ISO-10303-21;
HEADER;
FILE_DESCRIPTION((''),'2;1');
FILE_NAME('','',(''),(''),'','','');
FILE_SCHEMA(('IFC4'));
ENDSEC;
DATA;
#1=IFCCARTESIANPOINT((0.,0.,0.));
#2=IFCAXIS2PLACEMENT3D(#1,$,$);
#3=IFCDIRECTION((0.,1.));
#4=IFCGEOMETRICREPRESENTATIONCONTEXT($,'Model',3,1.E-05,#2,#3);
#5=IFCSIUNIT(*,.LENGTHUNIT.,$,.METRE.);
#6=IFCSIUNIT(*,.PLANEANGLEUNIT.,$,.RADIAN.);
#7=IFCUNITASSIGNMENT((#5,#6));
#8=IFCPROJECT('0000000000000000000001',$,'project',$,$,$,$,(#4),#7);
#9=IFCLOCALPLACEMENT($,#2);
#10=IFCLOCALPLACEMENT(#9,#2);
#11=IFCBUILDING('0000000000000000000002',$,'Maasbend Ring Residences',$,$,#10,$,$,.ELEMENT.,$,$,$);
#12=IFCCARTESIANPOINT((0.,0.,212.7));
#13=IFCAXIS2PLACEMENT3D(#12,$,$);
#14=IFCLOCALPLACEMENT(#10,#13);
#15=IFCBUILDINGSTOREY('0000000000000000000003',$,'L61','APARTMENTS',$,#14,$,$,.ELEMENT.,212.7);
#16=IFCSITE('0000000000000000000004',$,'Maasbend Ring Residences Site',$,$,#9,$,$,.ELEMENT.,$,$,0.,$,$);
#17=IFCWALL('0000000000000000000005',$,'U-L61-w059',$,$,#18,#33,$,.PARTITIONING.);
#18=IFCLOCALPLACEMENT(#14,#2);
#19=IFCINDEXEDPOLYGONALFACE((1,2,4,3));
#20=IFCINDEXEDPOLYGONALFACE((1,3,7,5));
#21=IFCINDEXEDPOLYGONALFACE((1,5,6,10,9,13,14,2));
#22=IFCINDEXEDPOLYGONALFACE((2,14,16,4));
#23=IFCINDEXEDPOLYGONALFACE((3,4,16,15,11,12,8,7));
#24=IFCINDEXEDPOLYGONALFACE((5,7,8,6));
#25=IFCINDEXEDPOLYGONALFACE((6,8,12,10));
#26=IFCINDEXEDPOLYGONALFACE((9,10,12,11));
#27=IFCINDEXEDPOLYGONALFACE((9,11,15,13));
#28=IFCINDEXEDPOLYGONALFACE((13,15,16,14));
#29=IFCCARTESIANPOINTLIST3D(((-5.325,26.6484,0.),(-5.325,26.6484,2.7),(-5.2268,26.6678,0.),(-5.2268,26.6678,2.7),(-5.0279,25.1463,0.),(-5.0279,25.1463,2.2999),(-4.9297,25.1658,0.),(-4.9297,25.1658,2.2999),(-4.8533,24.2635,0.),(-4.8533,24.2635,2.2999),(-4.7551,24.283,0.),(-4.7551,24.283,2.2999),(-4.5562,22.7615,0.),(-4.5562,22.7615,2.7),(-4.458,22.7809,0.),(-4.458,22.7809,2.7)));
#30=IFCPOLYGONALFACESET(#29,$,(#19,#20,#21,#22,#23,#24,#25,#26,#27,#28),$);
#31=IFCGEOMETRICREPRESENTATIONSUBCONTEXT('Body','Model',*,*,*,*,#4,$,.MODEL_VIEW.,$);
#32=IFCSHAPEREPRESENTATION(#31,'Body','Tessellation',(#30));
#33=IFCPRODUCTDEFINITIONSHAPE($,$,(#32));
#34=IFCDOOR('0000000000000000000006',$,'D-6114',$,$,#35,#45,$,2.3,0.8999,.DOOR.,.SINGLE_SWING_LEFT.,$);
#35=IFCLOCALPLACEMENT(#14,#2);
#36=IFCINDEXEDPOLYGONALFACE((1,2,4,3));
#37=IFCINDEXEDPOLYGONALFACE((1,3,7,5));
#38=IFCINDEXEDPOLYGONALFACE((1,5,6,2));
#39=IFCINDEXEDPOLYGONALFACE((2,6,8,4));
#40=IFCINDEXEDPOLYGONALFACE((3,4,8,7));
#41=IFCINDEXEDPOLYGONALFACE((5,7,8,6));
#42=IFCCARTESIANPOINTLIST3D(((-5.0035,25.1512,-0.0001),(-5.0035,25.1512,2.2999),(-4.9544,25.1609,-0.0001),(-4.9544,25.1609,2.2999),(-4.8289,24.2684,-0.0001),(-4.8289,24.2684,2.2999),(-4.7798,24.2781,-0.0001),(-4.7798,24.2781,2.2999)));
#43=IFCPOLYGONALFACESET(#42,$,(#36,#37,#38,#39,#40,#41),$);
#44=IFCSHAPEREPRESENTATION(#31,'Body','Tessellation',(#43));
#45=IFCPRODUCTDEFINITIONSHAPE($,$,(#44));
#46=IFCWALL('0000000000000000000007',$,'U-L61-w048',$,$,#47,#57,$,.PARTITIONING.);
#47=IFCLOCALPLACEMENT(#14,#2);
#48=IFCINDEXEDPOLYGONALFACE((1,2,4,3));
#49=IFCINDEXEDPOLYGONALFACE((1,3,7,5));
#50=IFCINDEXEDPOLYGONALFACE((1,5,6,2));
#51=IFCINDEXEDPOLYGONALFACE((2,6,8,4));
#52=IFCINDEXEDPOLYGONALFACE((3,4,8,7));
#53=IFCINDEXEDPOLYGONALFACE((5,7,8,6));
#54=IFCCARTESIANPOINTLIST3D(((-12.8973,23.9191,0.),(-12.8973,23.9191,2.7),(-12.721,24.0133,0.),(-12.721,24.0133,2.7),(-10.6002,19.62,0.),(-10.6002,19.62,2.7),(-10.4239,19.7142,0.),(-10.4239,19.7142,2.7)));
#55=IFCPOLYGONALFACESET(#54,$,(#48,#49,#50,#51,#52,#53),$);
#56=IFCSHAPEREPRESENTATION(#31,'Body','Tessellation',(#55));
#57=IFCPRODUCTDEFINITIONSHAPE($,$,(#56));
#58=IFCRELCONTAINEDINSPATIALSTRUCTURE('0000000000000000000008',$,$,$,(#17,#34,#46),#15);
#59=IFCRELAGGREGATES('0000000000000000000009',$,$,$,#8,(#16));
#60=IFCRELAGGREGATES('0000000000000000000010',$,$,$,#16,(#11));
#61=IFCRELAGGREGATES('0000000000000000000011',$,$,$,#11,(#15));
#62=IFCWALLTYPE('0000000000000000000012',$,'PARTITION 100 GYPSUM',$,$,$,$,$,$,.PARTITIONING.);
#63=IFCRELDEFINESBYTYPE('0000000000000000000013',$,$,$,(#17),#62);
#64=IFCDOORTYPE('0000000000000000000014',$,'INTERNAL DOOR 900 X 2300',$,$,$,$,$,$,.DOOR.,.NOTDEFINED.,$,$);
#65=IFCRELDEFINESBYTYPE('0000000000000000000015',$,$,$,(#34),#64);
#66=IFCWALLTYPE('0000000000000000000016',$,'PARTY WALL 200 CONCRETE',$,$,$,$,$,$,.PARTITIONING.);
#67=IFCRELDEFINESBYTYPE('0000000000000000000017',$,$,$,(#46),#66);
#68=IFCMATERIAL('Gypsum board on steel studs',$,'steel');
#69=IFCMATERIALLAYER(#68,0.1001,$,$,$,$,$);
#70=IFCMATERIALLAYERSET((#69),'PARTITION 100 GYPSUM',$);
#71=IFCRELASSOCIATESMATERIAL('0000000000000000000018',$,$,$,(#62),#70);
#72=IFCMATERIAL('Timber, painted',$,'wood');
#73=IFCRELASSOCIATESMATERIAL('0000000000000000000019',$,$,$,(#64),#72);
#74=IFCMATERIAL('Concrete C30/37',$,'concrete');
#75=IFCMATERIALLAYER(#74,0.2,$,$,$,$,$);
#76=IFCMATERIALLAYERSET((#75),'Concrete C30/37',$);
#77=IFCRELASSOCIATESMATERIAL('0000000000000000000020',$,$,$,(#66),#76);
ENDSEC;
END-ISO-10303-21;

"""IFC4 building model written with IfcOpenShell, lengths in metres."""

from ifc_helpers import new_model, si_unit, direction, frame, frame_2d, origin, place, context, subcontext, project, spatial, rectangle, extrude, material, layer, layer_set, type_object, element, fill, save


model = new_model("IFC4")

# Units and contexts
model_context = context("Model", 3, precision=1e-05, world=origin(), true_north=direction((0.0, 1.0)))
body_context = subcontext(model_context, "Body", "Model", "MODEL_VIEW")
ifc_project = project(units=[si_unit("LENGTHUNIT", "METRE"), si_unit("PLANEANGLEUNIT", "RADIAN")], contexts=[model_context])

# Site, building, storey
site_placement = place(None, origin())
site = spatial("IfcSite", under=ifc_project, at=site_placement, Name="Maasbend Ring Residences Site", CompositionType="ELEMENT", RefElevation=0.0)
building_placement = place(site_placement, origin())
building = spatial("IfcBuilding", under=site, at=building_placement, Name="Maasbend Ring Residences", CompositionType="ELEMENT")
storey_placement = place(building_placement, frame((0.0, 0.0, 212.7)))
storey = spatial("IfcBuildingStorey", under=building, at=storey_placement, Name="L61", Description="APARTMENTS", CompositionType="ELEMENT", Elevation=212.7)

# Shared definitions
ifc_material_1 = material(Name="Gypsum board on steel studs", Category="steel")
ifc_layer_1 = layer(ifc_material_1, 0.1001)
ifc_layer_set_1 = layer_set([ifc_layer_1], Name="PARTITION 100 GYPSUM")
wall_type_1 = type_object("IfcWallType", Name="PARTITION 100 GYPSUM", PredefinedType="PARTITIONING", material=ifc_layer_set_1)
ifc_material_2 = material(Name="Timber, painted", Category="wood")
door_type_1 = type_object("IfcDoorType", Name="INTERNAL DOOR 900 X 2300", OperationType="NOTDEFINED", PredefinedType="DOOR", material=ifc_material_2)

# Wall, opening, door
wall_1_placement = place(storey_placement, frame((-5.2759, 26.658, 0.0), z_axis=(0.0, 0.0, 1.0), x_axis=(0.19403, -0.980996, 0.0)))
wall_1 = element("IfcWall", 1, at=wall_1_placement, inside=storey, type_object=wall_type_1, Name="U-L61-w059", PredefinedType="PARTITIONING", context=body_context, shape_type="SweptSolid", body=[
    extrude(rectangle(XDim=3.9622, YDim=0.1001, at=frame_2d((1.981, 0.0))), origin(), (0.0, 0.0, 1.0), 2.7),
])
opening_1_placement = place(wall_1_placement, frame((1.531, 0.0, 0.0)))
opening_1 = element("IfcOpeningElement", 2, at=opening_1_placement, cuts=wall_1, PredefinedType="OPENING", context=body_context, shape_type="SweptSolid", body=[
    extrude(rectangle(XDim=0.8999, YDim=2.3, at=frame_2d((0.45, 1.1499))), frame((0.0, 0.0601, 0.0), z_axis=(0.0, -1.0, 0.0), x_axis=(1.0, 0.0, 0.0)), (0.0, 0.0, 1.0), 0.1201),
])
door_1_placement = place(opening_1_placement, origin())
door_1 = element("IfcDoor", 3, at=door_1_placement, inside=storey, type_object=door_type_1, Name="D-6114", OperationType="SINGLE_SWING_LEFT", OverallHeight=2.3, OverallWidth=0.8999, PredefinedType="DOOR", context=body_context, shape_type="SweptSolid", body=[
    extrude(rectangle(XDim=0.8999, YDim=2.3, at=frame_2d((0.45, 1.1499))), frame((0.0, 0.0249, 0.0), z_axis=(0.0, -1.0, 0.0), x_axis=(1.0, 0.0, 0.0)), (0.0, 0.0, 1.0), 0.05),
])
fill(opening_1, door_1)

# Wall
ifc_material_3 = material(Name="Concrete C30/37", Category="concrete")
ifc_layer_2 = layer(ifc_material_3, 0.2)
ifc_layer_set_2 = layer_set([ifc_layer_2], Name="Concrete C30/37")
wall_type_2 = type_object("IfcWallType", Name="PARTY WALL 200 CONCRETE", PredefinedType="PARTITIONING", material=ifc_layer_set_2)
wall_2_placement = place(storey_placement, frame((-12.8091, 23.9661, 0.0), z_axis=(0.0, 0.0, 1.0), x_axis=(0.471272, -0.881988, 0.0)))
element("IfcWall", 4, at=wall_2_placement, inside=storey, type_object=wall_type_2, Name="U-L61-w048", PredefinedType="PARTITIONING", context=body_context, shape_type="SweptSolid", body=[
    extrude(rectangle(XDim=4.8743, YDim=0.2, at=frame_2d((2.437, 0.0))), origin(), (0.0, 0.0, 1.0), 2.7),
])

save(model, "model.ifc")
